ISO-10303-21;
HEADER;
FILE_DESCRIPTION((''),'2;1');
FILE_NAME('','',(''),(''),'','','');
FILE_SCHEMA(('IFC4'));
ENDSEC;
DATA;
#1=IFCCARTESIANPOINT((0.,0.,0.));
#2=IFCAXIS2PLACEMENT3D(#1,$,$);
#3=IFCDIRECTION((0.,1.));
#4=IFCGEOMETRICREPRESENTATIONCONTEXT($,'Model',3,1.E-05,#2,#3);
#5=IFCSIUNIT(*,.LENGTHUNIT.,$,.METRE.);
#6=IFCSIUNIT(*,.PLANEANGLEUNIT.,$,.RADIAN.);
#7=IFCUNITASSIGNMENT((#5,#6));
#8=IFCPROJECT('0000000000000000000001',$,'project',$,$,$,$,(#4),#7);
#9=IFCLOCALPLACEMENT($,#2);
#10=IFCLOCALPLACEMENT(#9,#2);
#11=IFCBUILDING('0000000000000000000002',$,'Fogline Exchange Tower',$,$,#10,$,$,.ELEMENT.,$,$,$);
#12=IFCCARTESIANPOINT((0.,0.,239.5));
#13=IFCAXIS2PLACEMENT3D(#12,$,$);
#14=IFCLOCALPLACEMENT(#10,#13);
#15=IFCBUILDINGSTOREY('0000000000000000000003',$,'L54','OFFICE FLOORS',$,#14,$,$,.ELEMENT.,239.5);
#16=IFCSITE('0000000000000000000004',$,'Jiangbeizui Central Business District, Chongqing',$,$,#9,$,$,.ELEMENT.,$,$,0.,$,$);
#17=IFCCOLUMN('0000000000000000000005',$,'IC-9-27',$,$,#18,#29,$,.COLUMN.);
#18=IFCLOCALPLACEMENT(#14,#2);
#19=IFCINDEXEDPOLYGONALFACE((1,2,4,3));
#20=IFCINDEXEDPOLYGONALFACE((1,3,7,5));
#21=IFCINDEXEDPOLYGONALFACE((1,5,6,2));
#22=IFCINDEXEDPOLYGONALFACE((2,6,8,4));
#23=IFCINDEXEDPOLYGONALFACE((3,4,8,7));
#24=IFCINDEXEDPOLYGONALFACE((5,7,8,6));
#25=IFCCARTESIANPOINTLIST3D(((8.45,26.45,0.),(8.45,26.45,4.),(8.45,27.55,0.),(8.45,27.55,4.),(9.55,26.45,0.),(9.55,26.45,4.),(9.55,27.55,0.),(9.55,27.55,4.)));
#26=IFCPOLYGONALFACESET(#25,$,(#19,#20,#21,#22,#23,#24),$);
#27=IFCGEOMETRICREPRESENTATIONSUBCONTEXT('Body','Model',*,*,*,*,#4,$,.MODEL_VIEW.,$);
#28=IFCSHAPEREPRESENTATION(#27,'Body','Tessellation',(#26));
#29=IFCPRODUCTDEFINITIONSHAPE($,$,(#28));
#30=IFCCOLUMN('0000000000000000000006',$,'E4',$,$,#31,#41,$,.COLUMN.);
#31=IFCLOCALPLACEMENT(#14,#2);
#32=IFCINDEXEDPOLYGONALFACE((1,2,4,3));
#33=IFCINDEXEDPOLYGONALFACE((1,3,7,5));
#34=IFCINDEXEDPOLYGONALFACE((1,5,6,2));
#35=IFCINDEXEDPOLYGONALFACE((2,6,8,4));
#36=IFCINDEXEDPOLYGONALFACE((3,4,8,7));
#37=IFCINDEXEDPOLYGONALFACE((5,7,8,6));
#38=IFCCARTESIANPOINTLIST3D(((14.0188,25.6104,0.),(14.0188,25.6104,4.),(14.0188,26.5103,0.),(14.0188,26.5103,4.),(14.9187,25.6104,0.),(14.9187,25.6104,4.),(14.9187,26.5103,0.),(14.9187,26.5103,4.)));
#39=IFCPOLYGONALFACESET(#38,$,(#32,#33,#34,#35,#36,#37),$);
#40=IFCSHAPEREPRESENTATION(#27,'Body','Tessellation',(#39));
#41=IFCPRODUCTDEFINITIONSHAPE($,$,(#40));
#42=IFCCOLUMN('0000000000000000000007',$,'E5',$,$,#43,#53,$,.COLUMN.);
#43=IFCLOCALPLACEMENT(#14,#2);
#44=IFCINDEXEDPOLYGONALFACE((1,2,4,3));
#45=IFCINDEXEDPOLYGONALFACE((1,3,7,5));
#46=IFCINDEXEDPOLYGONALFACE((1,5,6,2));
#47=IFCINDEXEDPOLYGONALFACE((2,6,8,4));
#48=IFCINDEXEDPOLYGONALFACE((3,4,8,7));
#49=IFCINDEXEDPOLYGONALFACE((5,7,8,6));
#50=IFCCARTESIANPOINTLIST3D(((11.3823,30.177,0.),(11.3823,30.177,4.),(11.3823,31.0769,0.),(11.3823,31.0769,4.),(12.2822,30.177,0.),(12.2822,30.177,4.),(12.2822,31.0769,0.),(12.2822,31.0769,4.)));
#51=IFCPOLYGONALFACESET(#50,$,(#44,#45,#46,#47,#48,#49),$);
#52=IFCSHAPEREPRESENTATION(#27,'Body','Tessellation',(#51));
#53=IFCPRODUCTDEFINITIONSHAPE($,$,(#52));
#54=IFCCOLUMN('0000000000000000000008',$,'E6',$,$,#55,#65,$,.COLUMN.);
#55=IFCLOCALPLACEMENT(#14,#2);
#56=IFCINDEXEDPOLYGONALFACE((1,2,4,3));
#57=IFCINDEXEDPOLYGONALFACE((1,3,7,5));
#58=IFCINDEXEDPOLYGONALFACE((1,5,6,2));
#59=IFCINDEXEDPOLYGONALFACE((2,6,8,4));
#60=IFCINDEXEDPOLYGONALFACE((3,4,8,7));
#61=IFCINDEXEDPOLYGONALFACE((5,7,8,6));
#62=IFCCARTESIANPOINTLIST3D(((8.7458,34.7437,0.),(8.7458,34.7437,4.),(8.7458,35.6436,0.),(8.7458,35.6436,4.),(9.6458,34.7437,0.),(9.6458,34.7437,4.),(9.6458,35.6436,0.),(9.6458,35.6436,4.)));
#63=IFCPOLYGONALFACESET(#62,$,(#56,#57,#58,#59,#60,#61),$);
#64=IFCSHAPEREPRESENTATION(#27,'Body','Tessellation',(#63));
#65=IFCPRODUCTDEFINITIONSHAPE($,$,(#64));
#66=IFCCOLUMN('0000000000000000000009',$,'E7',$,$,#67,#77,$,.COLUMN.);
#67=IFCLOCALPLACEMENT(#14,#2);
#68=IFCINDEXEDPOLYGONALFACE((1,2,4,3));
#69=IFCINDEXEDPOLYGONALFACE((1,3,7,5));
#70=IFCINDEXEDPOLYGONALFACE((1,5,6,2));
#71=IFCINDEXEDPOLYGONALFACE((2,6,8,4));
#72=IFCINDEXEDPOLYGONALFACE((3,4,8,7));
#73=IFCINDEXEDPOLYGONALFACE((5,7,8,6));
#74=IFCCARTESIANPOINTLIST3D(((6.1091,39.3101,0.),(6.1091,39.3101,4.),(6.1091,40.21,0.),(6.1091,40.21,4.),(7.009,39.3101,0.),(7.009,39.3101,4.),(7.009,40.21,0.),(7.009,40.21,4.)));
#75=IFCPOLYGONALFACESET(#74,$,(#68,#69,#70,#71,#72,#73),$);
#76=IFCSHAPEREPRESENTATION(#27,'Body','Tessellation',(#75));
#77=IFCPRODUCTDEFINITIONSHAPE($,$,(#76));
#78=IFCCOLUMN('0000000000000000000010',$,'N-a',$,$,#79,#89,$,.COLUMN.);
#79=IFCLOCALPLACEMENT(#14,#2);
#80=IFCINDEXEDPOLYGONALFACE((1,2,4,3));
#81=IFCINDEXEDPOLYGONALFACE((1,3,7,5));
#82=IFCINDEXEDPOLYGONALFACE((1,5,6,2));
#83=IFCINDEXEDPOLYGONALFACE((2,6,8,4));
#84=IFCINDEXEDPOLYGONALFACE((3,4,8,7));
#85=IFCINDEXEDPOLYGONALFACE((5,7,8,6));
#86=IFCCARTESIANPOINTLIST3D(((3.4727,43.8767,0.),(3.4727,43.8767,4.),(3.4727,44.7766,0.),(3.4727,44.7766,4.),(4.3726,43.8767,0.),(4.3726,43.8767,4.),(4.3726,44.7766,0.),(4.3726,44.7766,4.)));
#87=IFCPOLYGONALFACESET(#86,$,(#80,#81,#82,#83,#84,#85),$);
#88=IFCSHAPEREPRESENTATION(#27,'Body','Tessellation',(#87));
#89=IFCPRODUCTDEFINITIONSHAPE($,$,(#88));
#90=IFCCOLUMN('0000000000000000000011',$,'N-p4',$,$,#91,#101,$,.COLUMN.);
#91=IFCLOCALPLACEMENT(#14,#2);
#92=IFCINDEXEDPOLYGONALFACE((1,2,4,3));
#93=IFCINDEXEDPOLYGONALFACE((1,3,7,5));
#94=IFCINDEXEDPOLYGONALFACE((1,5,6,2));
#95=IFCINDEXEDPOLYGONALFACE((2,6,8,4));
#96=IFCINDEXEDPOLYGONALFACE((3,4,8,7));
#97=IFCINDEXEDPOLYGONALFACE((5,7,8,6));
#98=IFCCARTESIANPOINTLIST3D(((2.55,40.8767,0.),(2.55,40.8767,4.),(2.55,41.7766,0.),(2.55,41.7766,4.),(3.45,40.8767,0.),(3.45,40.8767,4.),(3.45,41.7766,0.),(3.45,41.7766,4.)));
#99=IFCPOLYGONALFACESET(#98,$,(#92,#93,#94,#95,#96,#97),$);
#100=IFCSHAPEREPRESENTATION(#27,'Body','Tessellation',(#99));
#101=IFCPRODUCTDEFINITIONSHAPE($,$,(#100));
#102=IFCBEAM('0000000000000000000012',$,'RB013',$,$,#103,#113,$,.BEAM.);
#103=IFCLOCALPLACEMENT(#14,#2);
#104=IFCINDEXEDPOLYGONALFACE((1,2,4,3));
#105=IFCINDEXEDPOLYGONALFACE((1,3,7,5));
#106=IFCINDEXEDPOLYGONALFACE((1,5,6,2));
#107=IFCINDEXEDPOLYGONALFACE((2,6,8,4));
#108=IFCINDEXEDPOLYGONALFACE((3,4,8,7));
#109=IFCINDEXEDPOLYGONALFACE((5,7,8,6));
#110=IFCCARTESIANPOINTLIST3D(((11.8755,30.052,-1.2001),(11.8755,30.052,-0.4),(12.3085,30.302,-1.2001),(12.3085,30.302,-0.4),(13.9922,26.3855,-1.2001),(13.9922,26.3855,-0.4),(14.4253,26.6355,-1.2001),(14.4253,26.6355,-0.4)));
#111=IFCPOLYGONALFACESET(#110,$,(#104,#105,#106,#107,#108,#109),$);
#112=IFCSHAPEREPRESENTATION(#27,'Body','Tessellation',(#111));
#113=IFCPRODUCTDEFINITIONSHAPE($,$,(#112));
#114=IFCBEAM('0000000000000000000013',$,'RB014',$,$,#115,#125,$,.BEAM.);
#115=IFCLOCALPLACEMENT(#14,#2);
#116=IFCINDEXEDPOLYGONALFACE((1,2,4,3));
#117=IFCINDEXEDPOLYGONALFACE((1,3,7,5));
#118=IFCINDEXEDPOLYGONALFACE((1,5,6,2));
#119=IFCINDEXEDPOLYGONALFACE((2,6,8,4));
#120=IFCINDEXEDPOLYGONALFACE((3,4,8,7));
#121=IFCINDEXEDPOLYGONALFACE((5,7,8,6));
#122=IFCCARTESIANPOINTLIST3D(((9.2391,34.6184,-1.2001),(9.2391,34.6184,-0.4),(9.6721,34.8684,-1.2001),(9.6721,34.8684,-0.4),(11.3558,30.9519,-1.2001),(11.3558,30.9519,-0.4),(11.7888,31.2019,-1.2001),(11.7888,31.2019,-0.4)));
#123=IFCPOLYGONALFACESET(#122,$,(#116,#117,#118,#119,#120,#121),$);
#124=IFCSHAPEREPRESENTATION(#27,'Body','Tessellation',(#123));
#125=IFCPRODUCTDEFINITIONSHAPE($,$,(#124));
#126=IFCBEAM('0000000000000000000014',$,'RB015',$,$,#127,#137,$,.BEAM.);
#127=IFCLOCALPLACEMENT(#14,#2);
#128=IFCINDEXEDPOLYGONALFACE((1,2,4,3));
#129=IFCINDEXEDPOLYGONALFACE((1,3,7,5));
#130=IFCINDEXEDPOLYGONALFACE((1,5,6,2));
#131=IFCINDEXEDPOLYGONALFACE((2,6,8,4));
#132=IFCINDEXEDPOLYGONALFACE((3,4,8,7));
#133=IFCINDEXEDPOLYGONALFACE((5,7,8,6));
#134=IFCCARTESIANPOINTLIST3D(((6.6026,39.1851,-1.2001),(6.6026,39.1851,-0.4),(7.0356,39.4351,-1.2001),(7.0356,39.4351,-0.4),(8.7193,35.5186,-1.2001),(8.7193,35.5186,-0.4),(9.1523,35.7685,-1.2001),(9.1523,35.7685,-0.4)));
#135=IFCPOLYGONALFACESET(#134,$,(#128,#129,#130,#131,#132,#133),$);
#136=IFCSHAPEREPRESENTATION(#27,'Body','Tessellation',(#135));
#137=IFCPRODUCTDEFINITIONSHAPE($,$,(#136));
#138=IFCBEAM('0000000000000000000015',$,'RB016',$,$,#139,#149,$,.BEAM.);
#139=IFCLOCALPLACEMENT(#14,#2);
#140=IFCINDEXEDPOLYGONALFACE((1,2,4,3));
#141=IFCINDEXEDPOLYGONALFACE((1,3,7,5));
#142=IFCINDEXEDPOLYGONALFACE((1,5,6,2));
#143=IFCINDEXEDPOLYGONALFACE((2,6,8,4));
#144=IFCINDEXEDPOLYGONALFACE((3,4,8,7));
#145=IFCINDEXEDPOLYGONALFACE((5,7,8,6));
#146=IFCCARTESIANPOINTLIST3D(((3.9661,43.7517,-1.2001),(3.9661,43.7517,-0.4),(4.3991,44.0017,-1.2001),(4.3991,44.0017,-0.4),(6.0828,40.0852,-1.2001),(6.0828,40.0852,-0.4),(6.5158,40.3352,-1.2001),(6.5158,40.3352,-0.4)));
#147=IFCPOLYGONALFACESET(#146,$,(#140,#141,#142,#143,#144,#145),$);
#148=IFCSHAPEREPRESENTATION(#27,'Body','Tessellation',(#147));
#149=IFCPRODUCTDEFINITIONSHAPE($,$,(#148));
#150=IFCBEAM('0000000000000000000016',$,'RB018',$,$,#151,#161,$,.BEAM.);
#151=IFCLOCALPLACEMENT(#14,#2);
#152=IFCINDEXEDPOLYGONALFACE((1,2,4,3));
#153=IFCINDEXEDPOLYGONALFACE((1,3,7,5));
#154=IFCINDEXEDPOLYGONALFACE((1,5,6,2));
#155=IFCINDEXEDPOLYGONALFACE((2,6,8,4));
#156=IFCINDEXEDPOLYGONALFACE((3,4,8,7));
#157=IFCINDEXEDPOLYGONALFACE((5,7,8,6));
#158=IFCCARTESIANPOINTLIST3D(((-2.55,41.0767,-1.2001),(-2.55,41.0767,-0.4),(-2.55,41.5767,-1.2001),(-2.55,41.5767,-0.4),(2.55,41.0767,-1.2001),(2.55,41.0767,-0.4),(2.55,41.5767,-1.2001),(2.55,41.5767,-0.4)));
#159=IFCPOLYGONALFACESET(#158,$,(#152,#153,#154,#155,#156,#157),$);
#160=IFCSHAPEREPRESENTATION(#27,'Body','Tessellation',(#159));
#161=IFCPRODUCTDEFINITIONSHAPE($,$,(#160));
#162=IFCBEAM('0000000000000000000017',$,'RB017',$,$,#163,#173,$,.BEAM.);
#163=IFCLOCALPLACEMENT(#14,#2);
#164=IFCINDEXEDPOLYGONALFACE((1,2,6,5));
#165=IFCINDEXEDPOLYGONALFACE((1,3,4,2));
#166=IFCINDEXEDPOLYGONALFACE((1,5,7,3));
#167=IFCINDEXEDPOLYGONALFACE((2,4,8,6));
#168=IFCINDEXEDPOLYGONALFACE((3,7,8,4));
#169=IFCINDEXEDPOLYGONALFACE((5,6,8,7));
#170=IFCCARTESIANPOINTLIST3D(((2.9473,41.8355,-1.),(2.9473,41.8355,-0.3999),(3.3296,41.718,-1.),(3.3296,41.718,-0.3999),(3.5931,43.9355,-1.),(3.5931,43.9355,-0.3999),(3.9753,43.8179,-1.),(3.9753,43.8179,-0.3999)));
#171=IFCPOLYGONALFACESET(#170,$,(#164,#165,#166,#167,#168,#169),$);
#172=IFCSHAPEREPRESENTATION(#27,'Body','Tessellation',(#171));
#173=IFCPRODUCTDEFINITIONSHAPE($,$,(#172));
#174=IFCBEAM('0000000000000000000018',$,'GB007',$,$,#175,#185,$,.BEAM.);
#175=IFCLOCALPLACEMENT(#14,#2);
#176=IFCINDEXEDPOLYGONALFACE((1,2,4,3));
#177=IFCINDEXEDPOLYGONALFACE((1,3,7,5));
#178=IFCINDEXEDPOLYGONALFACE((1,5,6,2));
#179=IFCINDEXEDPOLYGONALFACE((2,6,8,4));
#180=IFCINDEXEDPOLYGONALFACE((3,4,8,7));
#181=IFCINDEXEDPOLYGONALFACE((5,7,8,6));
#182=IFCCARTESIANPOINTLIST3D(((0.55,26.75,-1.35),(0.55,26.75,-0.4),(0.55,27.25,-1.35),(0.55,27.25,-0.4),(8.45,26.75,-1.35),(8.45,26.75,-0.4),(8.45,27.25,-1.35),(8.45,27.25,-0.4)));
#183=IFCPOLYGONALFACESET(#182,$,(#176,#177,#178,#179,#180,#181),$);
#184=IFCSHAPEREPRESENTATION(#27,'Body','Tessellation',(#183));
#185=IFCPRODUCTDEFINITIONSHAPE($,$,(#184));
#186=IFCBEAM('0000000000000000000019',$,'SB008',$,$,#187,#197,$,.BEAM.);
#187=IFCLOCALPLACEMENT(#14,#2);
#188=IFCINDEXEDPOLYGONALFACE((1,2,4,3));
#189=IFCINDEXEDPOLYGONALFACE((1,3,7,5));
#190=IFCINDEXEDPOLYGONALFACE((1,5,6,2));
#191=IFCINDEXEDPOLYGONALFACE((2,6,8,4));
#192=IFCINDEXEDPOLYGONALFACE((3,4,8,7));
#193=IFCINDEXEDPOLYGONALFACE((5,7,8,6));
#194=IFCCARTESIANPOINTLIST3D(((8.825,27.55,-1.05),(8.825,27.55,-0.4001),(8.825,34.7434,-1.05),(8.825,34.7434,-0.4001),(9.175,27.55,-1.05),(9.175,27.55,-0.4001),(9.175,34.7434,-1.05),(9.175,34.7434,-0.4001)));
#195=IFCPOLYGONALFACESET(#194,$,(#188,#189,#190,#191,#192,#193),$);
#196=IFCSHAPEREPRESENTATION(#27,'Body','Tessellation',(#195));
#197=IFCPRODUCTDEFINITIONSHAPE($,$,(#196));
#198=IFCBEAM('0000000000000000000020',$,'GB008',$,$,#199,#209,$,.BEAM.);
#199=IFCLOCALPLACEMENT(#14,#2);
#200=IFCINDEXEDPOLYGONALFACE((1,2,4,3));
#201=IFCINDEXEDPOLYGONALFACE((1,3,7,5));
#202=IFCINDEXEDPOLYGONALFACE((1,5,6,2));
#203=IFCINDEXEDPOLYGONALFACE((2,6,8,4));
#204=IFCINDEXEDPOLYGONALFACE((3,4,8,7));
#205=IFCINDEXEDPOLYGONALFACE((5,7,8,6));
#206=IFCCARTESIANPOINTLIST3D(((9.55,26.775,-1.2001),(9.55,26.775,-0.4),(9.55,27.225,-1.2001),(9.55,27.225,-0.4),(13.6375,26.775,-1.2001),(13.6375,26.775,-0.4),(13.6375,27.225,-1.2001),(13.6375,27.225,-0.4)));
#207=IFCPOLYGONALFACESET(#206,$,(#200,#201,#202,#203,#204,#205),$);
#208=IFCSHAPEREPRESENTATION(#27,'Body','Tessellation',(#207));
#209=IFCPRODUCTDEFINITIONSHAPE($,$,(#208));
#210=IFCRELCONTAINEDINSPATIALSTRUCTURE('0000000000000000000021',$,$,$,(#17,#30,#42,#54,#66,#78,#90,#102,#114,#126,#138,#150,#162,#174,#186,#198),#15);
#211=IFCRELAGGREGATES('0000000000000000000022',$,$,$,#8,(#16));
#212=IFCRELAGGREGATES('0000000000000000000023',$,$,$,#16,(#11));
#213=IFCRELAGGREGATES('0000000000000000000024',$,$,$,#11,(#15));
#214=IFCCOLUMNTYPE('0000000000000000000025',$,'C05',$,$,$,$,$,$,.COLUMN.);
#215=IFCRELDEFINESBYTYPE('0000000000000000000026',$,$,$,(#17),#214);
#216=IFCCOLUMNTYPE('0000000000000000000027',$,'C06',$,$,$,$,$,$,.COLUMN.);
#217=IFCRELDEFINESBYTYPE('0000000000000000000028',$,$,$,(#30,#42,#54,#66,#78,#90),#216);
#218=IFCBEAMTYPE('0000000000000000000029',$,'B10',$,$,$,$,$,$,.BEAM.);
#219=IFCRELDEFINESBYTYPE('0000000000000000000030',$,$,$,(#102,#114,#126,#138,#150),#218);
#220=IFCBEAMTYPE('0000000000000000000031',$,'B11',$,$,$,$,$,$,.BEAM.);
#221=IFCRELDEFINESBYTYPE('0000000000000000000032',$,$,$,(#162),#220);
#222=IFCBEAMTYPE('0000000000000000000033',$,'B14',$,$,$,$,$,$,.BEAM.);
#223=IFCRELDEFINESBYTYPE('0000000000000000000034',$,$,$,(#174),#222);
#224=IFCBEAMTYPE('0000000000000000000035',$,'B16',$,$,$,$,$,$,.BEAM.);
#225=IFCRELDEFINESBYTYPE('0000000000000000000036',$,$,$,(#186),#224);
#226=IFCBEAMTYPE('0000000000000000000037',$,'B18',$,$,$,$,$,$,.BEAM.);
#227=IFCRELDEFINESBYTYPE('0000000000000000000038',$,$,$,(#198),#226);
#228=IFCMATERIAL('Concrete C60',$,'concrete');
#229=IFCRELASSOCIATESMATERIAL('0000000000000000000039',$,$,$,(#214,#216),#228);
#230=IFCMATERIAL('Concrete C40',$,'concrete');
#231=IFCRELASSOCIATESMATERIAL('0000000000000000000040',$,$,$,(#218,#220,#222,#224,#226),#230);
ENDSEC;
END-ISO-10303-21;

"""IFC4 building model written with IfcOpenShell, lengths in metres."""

from ifc_helpers import new_model, si_unit, direction, frame, origin, origin_2d, place, context, subcontext, project, spatial, rectangle, extrude, material, material_profile, profile_set, type_object, element, save


model = new_model("IFC4")

# Units and contexts
model_context = context("Model", 3, precision=1e-05, world=origin(), true_north=direction((0.0, 1.0)))
body_context = subcontext(model_context, "Body", "Model", "MODEL_VIEW")
ifc_project = project(units=[si_unit("LENGTHUNIT", "METRE"), si_unit("PLANEANGLEUNIT", "RADIAN")], contexts=[model_context])

# Site, building, storey
site_placement = place(None, origin())
site = spatial("IfcSite", under=ifc_project, at=site_placement, Name="Jiangbeizui Central Business District, Chongqing", CompositionType="ELEMENT", RefElevation=0.0)
building_placement = place(site_placement, origin())
building = spatial("IfcBuilding", under=site, at=building_placement, Name="Fogline Exchange Tower", CompositionType="ELEMENT")
storey_placement = place(building_placement, frame((0.0, 0.0, 239.5)))
storey = spatial("IfcBuildingStorey", under=building, at=storey_placement, Name="L54", Description="OFFICE FLOORS", CompositionType="ELEMENT", Elevation=239.5)

# Columns
ifc_material_1 = material(Name="Concrete C60", Category="concrete")
ifc_material_profile_1 = material_profile(ifc_material_1, rectangle(XDim=1.1001, YDim=1.1001, at=origin_2d()), Name="RC 1100x1100")
ifc_profile_set_1 = profile_set([ifc_material_profile_1], Name="Concrete C60")
column_type_1 = type_object("IfcColumnType", Name="C05", PredefinedType="COLUMN", material=ifc_profile_set_1)
column_placement = place(storey_placement, frame((9.0, 27.0, 0.0), z_axis=(0.0, 0.0, 1.0), x_axis=(1.0, 0.0, 0.0)))
element("IfcColumn", 1, at=column_placement, inside=storey, type_object=column_type_1, Name="IC-9-27", PredefinedType="COLUMN", context=body_context, shape_type="SweptSolid", body=[
    extrude(rectangle(XDim=1.1001, YDim=1.1001, at=origin_2d()), origin(), (0.0, 0.0, 1.0), 4.0),
])
ifc_material_profile_2 = material_profile(ifc_material_1, rectangle(XDim=0.8999, YDim=0.8999, at=origin_2d()), Name="RC 900x900")
ifc_profile_set_2 = profile_set([ifc_material_profile_2], Name="Concrete C60")
column_type_2 = type_object("IfcColumnType", Name="C06", PredefinedType="COLUMN", material=ifc_profile_set_2)
for number, where, z_axis, x_axis, name in (
    (2, (14.4688, 26.0603, 0.0), (0.0, 0.0, 1.0), (1.0, 0.0, 0.0), "E4"),
    (3, (11.8323, 30.627, 0.0), (0.0, 0.0, 1.0), (1.0, 0.0, 0.0), "E5"),
    (4, (9.1958, 35.1936, 0.0), (0.0, 0.0, 1.0), (1.0, 0.0, 0.0), "E6"),
    (5, (6.5591, 39.76, 0.0), (0.0, 0.0, 1.0), (1.0, 0.0, 0.0), "E7"),
    (6, (3.9226, 44.3267, 0.0), (0.0, 0.0, 1.0), (1.0, 0.0, 0.0), "N-a"),
    (7, (3.0, 41.3267, 0.0), (0.0, 0.0, 1.0), (1.0, 0.0, 0.0), "N-p4"),
):
    element("IfcColumn", number, at=place(storey_placement, frame(where, z_axis=z_axis, x_axis=x_axis)), inside=storey, type_object=column_type_2, Name=name, PredefinedType="COLUMN", context=body_context, shape_type="SweptSolid", body=[
        extrude(rectangle(XDim=0.8999, YDim=0.8999, at=origin_2d()), origin(), (0.0, 0.0, 1.0), 4.0),
    ])

# Beams
ifc_material_2 = material(Name="Concrete C40", Category="concrete")
ifc_material_profile_3 = material_profile(ifc_material_2, rectangle(XDim=0.5, YDim=0.8, at=origin_2d()), Name="RC 500x800")
ifc_profile_set_3 = profile_set([ifc_material_profile_3], Name="Concrete C40")
beam_type_1 = type_object("IfcBeamType", Name="B10", PredefinedType="BEAM", material=ifc_profile_set_3)
for number, where, z_axis, x_axis, name in (
    (8, (14.2087, 26.5105, -0.8), (-0.499972, 0.866042, 0.0), (-0.866042, -0.499972, 0.0), "RB013"),
    (9, (11.5723, 31.0769, -0.8), (-0.499972, 0.866042, 0.0), (-0.866042, -0.499972, 0.0), "RB014"),
    (10, (8.9358, 35.6436, -0.8), (-0.499972, 0.866042, 0.0), (-0.866042, -0.499972, 0.0), "RB015"),
    (11, (6.2993, 40.2102, -0.8), (-0.499972, 0.866042, 0.0), (-0.866042, -0.499972, 0.0), "RB016"),
):
    element("IfcBeam", number, at=place(storey_placement, frame(where, z_axis=z_axis, x_axis=x_axis)), inside=storey, type_object=beam_type_1, Name=name, PredefinedType="BEAM", context=body_context, shape_type="SweptSolid", body=[
        extrude(rectangle(XDim=0.5, YDim=0.8, at=origin_2d()), origin(), (0.0, 0.0, 1.0), 4.2336),
    ])
beam_1_placement = place(storey_placement, frame((2.55, 41.3267, -0.8), z_axis=(-1.0, 0.0, 0.0), x_axis=(0.0, -1.0, 0.0)))
element("IfcBeam", 12, at=beam_1_placement, inside=storey, type_object=beam_type_1, Name="RB018", PredefinedType="BEAM", context=body_context, shape_type="SweptSolid", body=[
    extrude(rectangle(XDim=0.5, YDim=0.8, at=origin_2d()), origin(), (0.0, 0.0, 1.0), 5.1001),
])
ifc_material_profile_4 = material_profile(ifc_material_2, rectangle(XDim=0.3999, YDim=0.6001, at=origin_2d()), Name="RC 400x600")
ifc_profile_set_4 = profile_set([ifc_material_profile_4], Name="Concrete C40")
beam_type_2 = type_object("IfcBeamType", Name="B11", PredefinedType="BEAM", material=ifc_profile_set_4)
beam_2_placement = place(storey_placement, frame((3.7842, 43.8767, -0.7), z_axis=(-0.293906, -0.955834, 0.0), x_axis=(0.955834, -0.293906, 0.0)))
element("IfcBeam", 13, at=beam_2_placement, inside=storey, type_object=beam_type_2, Name="RB017", PredefinedType="BEAM", context=body_context, shape_type="SweptSolid", body=[
    extrude(rectangle(XDim=0.3999, YDim=0.6001, at=origin_2d()), origin(), (0.0, 0.0, 1.0), 2.197),
])
ifc_material_profile_5 = material_profile(ifc_material_2, rectangle(XDim=0.5, YDim=0.95, at=origin_2d()), Name="RC 500x950")
ifc_profile_set_5 = profile_set([ifc_material_profile_5], Name="Concrete C40")
beam_type_3 = type_object("IfcBeamType", Name="B14", PredefinedType="BEAM", material=ifc_profile_set_5)
beam_3_placement = place(storey_placement, frame((0.55, 27.0, -0.875), z_axis=(1.0, 0.0, 0.0), x_axis=(0.0, 1.0, 0.0)))
element("IfcBeam", 14, at=beam_3_placement, inside=storey, type_object=beam_type_3, Name="GB007", PredefinedType="BEAM", context=body_context, shape_type="SweptSolid", body=[
    extrude(rectangle(XDim=0.5, YDim=0.95, at=origin_2d()), origin(), (0.0, 0.0, 1.0), 7.8999),
])
ifc_material_profile_6 = material_profile(ifc_material_2, rectangle(XDim=0.3501, YDim=0.6499, at=origin_2d()), Name="RC 350x650")
ifc_profile_set_6 = profile_set([ifc_material_profile_6], Name="Concrete C40")
beam_type_4 = type_object("IfcBeamType", Name="B16", PredefinedType="BEAM", material=ifc_profile_set_6)
beam_4_placement = place(storey_placement, frame((9.0, 27.55, -0.7251), z_axis=(0.0, 1.0, 0.0), x_axis=(-1.0, 0.0, 0.0)))
element("IfcBeam", 15, at=beam_4_placement, inside=storey, type_object=beam_type_4, Name="SB008", PredefinedType="BEAM", context=body_context, shape_type="SweptSolid", body=[
    extrude(rectangle(XDim=0.3501, YDim=0.6499, at=origin_2d()), origin(), (0.0, 0.0, 1.0), 7.1934),
])
ifc_material_profile_7 = material_profile(ifc_material_2, rectangle(XDim=0.45, YDim=0.8, at=origin_2d()), Name="RC 450x800")
ifc_profile_set_7 = profile_set([ifc_material_profile_7], Name="Concrete C40")
beam_type_5 = type_object("IfcBeamType", Name="B18", PredefinedType="BEAM", material=ifc_profile_set_7)
beam_5_placement = place(storey_placement, frame((9.55, 27.0, -0.8), z_axis=(1.0, 0.0, 0.0), x_axis=(0.0, 1.0, 0.0)))
element("IfcBeam", 16, at=beam_5_placement, inside=storey, type_object=beam_type_5, Name="GB008", PredefinedType="BEAM", context=body_context, shape_type="SweptSolid", body=[
    extrude(rectangle(XDim=0.45, YDim=0.8, at=origin_2d()), origin(), (0.0, 0.0, 1.0), 4.0874),
])

save(model, "model.ifc")
